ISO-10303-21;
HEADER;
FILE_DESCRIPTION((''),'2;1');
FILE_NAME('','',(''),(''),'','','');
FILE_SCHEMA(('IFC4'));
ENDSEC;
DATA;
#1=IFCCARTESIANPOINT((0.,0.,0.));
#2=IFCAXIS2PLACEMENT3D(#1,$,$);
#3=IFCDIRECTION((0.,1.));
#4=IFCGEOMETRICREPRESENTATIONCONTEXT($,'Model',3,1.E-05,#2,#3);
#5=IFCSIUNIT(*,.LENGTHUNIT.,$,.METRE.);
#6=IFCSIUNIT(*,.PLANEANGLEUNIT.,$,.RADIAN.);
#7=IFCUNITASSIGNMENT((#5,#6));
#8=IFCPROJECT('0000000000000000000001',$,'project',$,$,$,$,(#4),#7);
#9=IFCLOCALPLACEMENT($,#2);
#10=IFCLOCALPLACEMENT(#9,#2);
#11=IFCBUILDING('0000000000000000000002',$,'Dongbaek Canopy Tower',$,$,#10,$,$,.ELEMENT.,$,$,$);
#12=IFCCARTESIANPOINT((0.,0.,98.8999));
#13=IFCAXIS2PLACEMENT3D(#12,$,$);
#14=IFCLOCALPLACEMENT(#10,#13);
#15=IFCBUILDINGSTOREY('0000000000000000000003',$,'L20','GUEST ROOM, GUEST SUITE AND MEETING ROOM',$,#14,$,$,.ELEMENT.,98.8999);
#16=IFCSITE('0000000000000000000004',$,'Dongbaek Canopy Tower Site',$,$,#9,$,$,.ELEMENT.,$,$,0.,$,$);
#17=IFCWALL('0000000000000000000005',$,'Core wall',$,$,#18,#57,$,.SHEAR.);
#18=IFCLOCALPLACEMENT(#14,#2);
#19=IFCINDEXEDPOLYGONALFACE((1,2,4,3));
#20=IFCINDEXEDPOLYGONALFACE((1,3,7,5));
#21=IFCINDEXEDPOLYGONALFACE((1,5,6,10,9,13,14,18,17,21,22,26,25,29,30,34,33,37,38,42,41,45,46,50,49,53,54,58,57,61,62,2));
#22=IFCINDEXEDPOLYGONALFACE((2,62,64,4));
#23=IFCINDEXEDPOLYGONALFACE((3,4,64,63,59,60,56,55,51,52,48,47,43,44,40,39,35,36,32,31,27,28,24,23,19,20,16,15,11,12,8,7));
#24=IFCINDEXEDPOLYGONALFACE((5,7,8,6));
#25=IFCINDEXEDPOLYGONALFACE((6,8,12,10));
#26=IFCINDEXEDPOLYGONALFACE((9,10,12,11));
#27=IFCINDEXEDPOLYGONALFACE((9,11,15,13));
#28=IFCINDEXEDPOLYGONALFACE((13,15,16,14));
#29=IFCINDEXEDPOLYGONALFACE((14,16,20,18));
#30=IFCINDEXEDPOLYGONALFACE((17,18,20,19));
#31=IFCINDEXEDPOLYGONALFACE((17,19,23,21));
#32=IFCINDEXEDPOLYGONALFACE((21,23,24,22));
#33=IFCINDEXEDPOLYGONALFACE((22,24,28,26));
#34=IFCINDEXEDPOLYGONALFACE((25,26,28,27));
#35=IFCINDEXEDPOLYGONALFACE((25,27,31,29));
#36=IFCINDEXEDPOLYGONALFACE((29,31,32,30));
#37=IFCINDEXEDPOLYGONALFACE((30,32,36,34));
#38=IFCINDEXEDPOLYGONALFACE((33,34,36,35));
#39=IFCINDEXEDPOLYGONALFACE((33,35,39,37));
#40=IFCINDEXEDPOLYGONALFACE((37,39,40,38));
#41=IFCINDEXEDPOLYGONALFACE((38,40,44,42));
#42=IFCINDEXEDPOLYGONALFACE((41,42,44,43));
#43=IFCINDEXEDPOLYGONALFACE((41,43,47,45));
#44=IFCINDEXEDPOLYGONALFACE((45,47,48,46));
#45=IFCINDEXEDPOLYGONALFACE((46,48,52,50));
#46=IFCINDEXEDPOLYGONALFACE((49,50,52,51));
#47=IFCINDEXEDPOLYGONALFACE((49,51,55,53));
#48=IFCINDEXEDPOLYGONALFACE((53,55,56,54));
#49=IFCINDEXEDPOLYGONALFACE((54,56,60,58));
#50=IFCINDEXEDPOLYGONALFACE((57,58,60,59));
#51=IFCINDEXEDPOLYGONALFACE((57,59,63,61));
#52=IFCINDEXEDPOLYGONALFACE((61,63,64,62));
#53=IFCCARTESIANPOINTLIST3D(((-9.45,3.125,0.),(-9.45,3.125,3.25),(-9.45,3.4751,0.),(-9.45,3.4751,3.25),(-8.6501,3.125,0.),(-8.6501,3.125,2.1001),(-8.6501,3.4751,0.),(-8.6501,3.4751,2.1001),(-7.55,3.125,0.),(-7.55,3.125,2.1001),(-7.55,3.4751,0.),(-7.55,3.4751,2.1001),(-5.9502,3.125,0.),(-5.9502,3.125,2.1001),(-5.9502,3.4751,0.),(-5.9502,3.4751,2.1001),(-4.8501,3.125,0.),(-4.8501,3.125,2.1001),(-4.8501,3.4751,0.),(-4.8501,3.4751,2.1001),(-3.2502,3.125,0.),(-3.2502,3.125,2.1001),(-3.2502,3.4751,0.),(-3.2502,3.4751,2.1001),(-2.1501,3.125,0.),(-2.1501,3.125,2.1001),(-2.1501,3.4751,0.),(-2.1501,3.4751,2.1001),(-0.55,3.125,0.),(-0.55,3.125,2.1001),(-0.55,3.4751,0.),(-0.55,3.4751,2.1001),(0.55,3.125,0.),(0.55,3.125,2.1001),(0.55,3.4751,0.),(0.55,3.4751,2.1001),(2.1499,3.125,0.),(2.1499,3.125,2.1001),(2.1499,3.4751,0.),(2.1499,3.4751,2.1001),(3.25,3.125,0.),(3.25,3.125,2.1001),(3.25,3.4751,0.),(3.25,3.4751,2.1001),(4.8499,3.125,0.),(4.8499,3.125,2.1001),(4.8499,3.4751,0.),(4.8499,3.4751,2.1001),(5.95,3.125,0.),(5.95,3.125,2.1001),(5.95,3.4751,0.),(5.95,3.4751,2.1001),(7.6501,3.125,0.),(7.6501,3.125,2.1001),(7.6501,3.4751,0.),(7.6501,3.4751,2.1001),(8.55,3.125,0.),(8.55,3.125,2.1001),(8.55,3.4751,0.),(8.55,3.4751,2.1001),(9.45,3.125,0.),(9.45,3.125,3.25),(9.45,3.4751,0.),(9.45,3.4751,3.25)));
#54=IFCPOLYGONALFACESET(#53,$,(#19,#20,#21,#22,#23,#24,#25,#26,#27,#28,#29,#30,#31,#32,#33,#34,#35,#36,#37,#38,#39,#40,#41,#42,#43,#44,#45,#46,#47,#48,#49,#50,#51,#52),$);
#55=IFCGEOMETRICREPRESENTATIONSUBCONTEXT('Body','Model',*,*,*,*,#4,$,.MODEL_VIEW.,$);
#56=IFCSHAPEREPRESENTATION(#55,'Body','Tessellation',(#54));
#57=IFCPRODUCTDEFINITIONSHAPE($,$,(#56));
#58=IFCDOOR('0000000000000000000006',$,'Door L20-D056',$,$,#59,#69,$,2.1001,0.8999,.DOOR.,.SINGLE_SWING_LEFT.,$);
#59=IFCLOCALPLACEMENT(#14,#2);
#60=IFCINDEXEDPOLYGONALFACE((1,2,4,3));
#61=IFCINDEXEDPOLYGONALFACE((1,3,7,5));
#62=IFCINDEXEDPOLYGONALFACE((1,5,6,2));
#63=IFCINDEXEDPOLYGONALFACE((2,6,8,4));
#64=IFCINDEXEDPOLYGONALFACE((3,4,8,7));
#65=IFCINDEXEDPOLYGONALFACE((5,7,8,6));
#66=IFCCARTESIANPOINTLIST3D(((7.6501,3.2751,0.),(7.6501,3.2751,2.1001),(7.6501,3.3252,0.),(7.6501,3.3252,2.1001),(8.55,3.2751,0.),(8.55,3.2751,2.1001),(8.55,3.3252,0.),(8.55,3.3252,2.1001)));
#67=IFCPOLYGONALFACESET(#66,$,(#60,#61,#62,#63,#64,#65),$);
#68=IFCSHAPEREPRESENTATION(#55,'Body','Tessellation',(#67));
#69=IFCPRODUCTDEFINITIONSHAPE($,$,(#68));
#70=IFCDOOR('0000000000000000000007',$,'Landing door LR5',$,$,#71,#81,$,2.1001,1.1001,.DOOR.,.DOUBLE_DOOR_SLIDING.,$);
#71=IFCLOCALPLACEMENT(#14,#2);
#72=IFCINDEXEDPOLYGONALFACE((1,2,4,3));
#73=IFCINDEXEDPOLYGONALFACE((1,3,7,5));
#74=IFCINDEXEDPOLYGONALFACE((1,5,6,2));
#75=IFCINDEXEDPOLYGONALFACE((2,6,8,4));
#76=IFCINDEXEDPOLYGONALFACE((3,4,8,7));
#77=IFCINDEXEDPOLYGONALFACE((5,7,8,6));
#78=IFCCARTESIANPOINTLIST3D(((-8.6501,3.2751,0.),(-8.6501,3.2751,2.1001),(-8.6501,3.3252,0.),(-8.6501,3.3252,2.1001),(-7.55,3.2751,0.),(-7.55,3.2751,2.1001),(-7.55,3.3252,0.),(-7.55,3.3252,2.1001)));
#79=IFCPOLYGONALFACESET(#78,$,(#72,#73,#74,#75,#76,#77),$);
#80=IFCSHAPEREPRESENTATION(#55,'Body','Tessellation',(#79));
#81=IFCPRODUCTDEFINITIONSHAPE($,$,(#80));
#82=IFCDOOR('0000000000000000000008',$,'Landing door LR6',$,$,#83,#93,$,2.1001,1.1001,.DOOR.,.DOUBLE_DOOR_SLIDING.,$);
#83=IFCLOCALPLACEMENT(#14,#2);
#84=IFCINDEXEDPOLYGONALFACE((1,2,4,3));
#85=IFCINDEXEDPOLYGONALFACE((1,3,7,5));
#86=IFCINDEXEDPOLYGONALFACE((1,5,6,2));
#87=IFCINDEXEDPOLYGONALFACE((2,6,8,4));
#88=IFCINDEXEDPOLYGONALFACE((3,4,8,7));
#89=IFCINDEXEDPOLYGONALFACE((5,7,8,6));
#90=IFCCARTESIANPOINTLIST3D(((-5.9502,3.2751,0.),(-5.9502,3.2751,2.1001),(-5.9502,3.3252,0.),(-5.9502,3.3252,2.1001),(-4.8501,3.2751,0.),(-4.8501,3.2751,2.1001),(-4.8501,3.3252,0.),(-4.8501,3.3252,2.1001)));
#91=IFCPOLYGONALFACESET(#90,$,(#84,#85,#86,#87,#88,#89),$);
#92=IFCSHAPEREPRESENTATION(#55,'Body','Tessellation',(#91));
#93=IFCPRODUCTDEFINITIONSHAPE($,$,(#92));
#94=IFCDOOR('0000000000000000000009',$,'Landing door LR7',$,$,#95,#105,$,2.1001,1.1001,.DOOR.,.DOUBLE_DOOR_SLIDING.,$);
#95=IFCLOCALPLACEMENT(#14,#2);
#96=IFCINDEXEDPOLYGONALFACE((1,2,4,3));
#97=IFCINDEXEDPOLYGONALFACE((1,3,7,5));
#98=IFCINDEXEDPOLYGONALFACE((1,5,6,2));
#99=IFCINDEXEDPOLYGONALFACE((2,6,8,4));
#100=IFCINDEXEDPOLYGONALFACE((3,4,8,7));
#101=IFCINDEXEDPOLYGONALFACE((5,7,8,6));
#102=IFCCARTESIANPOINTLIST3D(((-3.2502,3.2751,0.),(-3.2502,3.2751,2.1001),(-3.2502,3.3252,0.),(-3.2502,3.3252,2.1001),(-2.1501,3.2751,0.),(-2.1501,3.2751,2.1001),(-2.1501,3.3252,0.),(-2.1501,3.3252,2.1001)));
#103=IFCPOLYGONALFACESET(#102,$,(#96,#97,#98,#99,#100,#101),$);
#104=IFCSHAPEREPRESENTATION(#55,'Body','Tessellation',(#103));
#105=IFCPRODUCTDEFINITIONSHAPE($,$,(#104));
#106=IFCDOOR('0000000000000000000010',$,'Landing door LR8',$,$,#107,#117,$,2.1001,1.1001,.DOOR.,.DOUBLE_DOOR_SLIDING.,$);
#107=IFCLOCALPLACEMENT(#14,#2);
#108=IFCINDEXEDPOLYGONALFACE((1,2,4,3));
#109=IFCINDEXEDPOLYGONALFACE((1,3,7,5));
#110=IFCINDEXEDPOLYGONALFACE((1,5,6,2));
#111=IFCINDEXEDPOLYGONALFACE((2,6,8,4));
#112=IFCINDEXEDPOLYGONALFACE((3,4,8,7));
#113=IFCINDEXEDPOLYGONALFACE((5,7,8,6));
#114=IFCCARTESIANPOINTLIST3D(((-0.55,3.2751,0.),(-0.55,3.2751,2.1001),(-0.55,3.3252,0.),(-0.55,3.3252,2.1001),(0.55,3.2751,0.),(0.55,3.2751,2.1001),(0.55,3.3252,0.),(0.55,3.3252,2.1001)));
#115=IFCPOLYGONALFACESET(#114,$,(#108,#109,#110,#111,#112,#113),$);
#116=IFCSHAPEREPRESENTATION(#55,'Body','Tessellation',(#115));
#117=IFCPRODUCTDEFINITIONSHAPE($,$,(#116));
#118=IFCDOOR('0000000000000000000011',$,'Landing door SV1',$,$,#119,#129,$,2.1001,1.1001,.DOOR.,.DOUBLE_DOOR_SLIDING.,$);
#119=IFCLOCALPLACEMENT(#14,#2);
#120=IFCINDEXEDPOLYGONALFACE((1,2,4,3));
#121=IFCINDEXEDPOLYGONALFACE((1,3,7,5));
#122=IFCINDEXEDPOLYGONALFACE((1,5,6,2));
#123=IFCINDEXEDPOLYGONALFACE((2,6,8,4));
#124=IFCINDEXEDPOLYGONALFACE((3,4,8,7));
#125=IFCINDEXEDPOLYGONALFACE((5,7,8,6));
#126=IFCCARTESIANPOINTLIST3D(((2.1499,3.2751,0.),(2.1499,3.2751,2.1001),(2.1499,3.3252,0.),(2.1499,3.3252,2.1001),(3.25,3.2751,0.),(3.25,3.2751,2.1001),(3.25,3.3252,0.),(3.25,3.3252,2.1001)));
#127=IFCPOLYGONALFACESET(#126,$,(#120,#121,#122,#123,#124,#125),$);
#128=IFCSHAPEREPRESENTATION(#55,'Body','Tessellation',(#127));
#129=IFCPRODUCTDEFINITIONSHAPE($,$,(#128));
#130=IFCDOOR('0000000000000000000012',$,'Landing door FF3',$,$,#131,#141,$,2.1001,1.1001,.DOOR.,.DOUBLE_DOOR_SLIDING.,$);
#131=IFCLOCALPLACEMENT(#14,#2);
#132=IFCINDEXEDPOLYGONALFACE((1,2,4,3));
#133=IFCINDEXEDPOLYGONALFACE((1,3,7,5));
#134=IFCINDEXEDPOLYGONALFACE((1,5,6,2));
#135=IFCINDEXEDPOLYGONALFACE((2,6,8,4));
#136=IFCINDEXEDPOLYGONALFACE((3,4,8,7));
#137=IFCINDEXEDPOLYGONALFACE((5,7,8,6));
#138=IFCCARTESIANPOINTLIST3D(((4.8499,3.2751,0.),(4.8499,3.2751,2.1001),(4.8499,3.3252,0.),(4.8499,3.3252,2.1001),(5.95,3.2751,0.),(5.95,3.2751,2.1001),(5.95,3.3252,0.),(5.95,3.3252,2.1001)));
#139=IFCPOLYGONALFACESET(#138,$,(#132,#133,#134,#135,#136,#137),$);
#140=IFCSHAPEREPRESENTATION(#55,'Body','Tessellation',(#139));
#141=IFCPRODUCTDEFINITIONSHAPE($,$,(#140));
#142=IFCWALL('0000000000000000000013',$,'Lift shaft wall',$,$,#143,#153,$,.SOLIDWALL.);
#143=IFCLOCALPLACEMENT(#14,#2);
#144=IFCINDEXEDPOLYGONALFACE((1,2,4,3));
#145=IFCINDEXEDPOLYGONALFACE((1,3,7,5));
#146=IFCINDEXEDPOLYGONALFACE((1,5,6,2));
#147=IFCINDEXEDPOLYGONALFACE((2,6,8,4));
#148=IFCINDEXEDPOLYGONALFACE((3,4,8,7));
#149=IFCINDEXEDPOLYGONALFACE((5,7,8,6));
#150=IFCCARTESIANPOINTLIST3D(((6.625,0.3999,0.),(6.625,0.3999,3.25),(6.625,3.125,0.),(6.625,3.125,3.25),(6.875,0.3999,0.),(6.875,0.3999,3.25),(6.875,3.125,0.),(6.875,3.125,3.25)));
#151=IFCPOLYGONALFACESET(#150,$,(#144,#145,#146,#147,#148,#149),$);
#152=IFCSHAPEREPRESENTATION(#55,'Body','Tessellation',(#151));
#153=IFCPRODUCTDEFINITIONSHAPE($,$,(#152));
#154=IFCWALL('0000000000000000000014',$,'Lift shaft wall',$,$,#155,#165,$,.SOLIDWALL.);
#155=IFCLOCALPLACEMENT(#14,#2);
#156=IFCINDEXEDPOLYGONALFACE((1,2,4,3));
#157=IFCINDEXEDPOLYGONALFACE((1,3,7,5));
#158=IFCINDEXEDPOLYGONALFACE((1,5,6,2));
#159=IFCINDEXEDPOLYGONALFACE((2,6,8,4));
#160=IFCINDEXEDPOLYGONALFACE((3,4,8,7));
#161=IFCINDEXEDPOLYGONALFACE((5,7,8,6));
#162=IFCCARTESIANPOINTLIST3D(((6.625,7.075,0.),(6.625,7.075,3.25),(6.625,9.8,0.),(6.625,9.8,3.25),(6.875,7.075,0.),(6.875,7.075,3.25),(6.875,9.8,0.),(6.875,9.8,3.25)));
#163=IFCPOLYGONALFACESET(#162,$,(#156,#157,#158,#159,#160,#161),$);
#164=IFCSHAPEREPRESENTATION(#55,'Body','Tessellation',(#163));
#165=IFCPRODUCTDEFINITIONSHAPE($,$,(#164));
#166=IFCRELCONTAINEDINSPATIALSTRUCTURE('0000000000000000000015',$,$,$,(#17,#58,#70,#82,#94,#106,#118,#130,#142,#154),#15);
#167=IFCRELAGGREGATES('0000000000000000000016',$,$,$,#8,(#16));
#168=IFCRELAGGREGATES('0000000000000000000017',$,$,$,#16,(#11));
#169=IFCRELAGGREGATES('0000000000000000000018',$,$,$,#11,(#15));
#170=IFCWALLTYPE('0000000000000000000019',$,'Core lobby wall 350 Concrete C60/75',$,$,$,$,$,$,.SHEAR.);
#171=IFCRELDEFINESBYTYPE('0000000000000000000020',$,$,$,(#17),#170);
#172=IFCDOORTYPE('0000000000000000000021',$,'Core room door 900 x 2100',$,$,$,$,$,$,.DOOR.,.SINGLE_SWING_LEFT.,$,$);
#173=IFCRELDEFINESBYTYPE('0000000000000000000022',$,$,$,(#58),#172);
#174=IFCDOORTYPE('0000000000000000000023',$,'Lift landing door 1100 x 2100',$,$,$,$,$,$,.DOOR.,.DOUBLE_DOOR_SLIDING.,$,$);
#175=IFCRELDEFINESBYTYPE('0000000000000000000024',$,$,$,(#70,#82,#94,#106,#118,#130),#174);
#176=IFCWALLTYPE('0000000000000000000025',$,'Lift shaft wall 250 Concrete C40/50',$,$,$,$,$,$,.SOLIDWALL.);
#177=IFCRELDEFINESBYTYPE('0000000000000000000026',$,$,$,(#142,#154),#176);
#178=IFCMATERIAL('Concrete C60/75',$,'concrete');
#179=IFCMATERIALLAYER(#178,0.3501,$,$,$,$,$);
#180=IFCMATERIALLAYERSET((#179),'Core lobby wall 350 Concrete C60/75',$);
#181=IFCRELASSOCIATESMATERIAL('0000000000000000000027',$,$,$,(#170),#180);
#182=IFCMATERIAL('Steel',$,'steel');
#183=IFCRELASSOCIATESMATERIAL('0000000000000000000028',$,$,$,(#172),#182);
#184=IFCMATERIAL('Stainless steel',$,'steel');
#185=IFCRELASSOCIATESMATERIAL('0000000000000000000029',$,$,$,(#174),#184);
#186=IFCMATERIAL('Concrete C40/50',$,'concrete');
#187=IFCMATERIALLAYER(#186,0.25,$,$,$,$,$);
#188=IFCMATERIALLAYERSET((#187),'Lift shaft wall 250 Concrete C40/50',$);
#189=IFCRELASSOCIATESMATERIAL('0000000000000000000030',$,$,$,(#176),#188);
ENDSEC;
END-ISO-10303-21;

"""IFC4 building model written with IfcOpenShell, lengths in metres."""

from ifc_helpers import new_model, si_unit, direction, frame, frame_2d, origin, place, context, subcontext, project, spatial, rectangle, extrude, material, layer, layer_set, type_object, element, fill, save


model = new_model("IFC4")

# Units and contexts
model_context = context("Model", 3, precision=1e-05, world=origin(), true_north=direction((0.0, 1.0)))
body_context = subcontext(model_context, "Body", "Model", "MODEL_VIEW")
ifc_project = project(units=[si_unit("LENGTHUNIT", "METRE"), si_unit("PLANEANGLEUNIT", "RADIAN")], contexts=[model_context])

# Site, building, storey
site_placement = place(None, origin())
site = spatial("IfcSite", under=ifc_project, at=site_placement, Name="Dongbaek Canopy Tower Site", CompositionType="ELEMENT", RefElevation=0.0)
building_placement = place(site_placement, origin())
building = spatial("IfcBuilding", under=site, at=building_placement, Name="Dongbaek Canopy Tower", CompositionType="ELEMENT")
storey_placement = place(building_placement, frame((0.0, 0.0, 98.8999)))
storey = spatial("IfcBuildingStorey", under=building, at=storey_placement, Name="L20", Description="GUEST ROOM, GUEST SUITE AND MEETING ROOM", CompositionType="ELEMENT", Elevation=98.8999)

# Wall, openings, doors
ifc_material_1 = material(Name="Concrete C60/75", Category="concrete")
ifc_layer_1 = layer(ifc_material_1, 0.3501)
ifc_layer_set_1 = layer_set([ifc_layer_1], Name="Core lobby wall 350 Concrete C60/75")
wall_type_1 = type_object("IfcWallType", Name="Core lobby wall 350 Concrete C60/75", PredefinedType="SHEAR", material=ifc_layer_set_1)
wall_1_placement = place(storey_placement, frame((9.45, 3.3, 0.0), z_axis=(0.0, 0.0, 1.0), x_axis=(-1.0, 0.0, 0.0)))
wall_1 = element("IfcWall", 1, at=wall_1_placement, inside=storey, type_object=wall_type_1, Name="Core wall", PredefinedType="SHEAR", context=body_context, shape_type="SweptSolid", body=[
    extrude(rectangle(XDim=18.8999, YDim=0.3501, at=frame_2d((9.45, 0.0))), origin(), (0.0, 0.0, 1.0), 3.25),
])
opening_1_placement = place(wall_1_placement, frame((17.0, 0.0, 0.0)))
opening_1 = element("IfcOpeningElement", 2, at=opening_1_placement, cuts=wall_1, PredefinedType="OPENING", context=body_context, shape_type="SweptSolid", body=[
    extrude(rectangle(XDim=1.1001, YDim=2.1001, at=frame_2d((0.55, 1.05))), frame((0.0, 0.1851, 0.0), z_axis=(0.0, -1.0, 0.0), x_axis=(1.0, 0.0, 0.0)), (0.0, 0.0, 1.0), 0.3701),
])
opening_2_placement = place(wall_1_placement, frame((14.3, 0.0, 0.0)))
opening_2 = element("IfcOpeningElement", 3, at=opening_2_placement, cuts=wall_1, PredefinedType="OPENING", context=body_context, shape_type="SweptSolid", body=[
    extrude(rectangle(XDim=1.1001, YDim=2.1001, at=frame_2d((0.55, 1.05))), frame((0.0, 0.1851, 0.0), z_axis=(0.0, -1.0, 0.0), x_axis=(1.0, 0.0, 0.0)), (0.0, 0.0, 1.0), 0.3701),
])
opening_3_placement = place(wall_1_placement, frame((11.6001, 0.0, 0.0)))
opening_3 = element("IfcOpeningElement", 4, at=opening_3_placement, cuts=wall_1, PredefinedType="OPENING", context=body_context, shape_type="SweptSolid", body=[
    extrude(rectangle(XDim=1.1001, YDim=2.1001, at=frame_2d((0.55, 1.05))), frame((0.0, 0.1851, 0.0), z_axis=(0.0, -1.0, 0.0), x_axis=(1.0, 0.0, 0.0)), (0.0, 0.0, 1.0), 0.3701),
])
opening_4_placement = place(wall_1_placement, frame((8.8999, 0.0, 0.0)))
opening_4 = element("IfcOpeningElement", 5, at=opening_4_placement, cuts=wall_1, PredefinedType="OPENING", context=body_context, shape_type="SweptSolid", body=[
    extrude(rectangle(XDim=1.1001, YDim=2.1001, at=frame_2d((0.55, 1.05))), frame((0.0, 0.1851, 0.0), z_axis=(0.0, -1.0, 0.0), x_axis=(1.0, 0.0, 0.0)), (0.0, 0.0, 1.0), 0.3701),
])
opening_5_placement = place(wall_1_placement, frame((6.2, 0.0, 0.0)))
opening_5 = element("IfcOpeningElement", 6, at=opening_5_placement, cuts=wall_1, PredefinedType="OPENING", context=body_context, shape_type="SweptSolid", body=[
    extrude(rectangle(XDim=1.1001, YDim=2.1001, at=frame_2d((0.55, 1.05))), frame((0.0, 0.1851, 0.0), z_axis=(0.0, -1.0, 0.0), x_axis=(1.0, 0.0, 0.0)), (0.0, 0.0, 1.0), 0.3701),
])
opening_6_placement = place(wall_1_placement, frame((3.5, 0.0, 0.0)))
opening_6 = element("IfcOpeningElement", 7, at=opening_6_placement, cuts=wall_1, PredefinedType="OPENING", context=body_context, shape_type="SweptSolid", body=[
    extrude(rectangle(XDim=1.1001, YDim=2.1001, at=frame_2d((0.55, 1.05))), frame((0.0, 0.1851, 0.0), z_axis=(0.0, -1.0, 0.0), x_axis=(1.0, 0.0, 0.0)), (0.0, 0.0, 1.0), 0.3701),
])
opening_7_placement = place(wall_1_placement, frame((0.8999, 0.0, 0.0)))
opening_7 = element("IfcOpeningElement", 8, at=opening_7_placement, cuts=wall_1, PredefinedType="OPENING", context=body_context, shape_type="SweptSolid", body=[
    extrude(rectangle(XDim=0.8999, YDim=2.1001, at=frame_2d((0.45, 1.05))), frame((0.0, 0.1851, 0.0), z_axis=(0.0, -1.0, 0.0), x_axis=(1.0, 0.0, 0.0)), (0.0, 0.0, 1.0), 0.3701),
])
ifc_material_2 = material(Name="Steel", Category="steel")
door_type_1 = type_object("IfcDoorType", Name="Core room door 900 x 2100", OperationType="SINGLE_SWING_LEFT", PredefinedType="DOOR", material=ifc_material_2)
door_1_placement = place(opening_7_placement, origin())
door_1 = element("IfcDoor", 9, at=door_1_placement, inside=storey, type_object=door_type_1, Name="Door L20-D056", OperationType="SINGLE_SWING_LEFT", OverallHeight=2.1001, OverallWidth=0.8999, PredefinedType="DOOR", context=body_context, shape_type="SweptSolid", body=[
    extrude(rectangle(XDim=0.8999, YDim=2.1001, at=frame_2d((0.45, 1.05))), frame((0.0, 0.0249, 0.0), z_axis=(0.0, -1.0, 0.0), x_axis=(1.0, 0.0, 0.0)), (0.0, 0.0, 1.0), 0.05),
])
fill(opening_7, door_1)
ifc_material_3 = material(Name="Stainless steel", Category="steel")
door_type_2 = type_object("IfcDoorType", Name="Lift landing door 1100 x 2100", OperationType="DOUBLE_DOOR_SLIDING", PredefinedType="DOOR", material=ifc_material_3)
door_2_placement = place(opening_1_placement, origin())
door_2 = element("IfcDoor", 10, at=door_2_placement, inside=storey, type_object=door_type_2, Name="Landing door LR5", OperationType="DOUBLE_DOOR_SLIDING", OverallHeight=2.1001, OverallWidth=1.1001, PredefinedType="DOOR", context=body_context, shape_type="SweptSolid", body=[
    extrude(rectangle(XDim=1.1001, YDim=2.1001, at=frame_2d((0.55, 1.05))), frame((0.0, 0.0249, 0.0), z_axis=(0.0, -1.0, 0.0), x_axis=(1.0, 0.0, 0.0)), (0.0, 0.0, 1.0), 0.05),
])
fill(opening_1, door_2)
door_3_placement = place(opening_2_placement, origin())
door_3 = element("IfcDoor", 11, at=door_3_placement, inside=storey, type_object=door_type_2, Name="Landing door LR6", OperationType="DOUBLE_DOOR_SLIDING", OverallHeight=2.1001, OverallWidth=1.1001, PredefinedType="DOOR", context=body_context, shape_type="SweptSolid", body=[
    extrude(rectangle(XDim=1.1001, YDim=2.1001, at=frame_2d((0.55, 1.05))), frame((0.0, 0.0249, 0.0), z_axis=(0.0, -1.0, 0.0), x_axis=(1.0, 0.0, 0.0)), (0.0, 0.0, 1.0), 0.05),
])
fill(opening_2, door_3)
door_4_placement = place(opening_3_placement, origin())
door_4 = element("IfcDoor", 12, at=door_4_placement, inside=storey, type_object=door_type_2, Name="Landing door LR7", OperationType="DOUBLE_DOOR_SLIDING", OverallHeight=2.1001, OverallWidth=1.1001, PredefinedType="DOOR", context=body_context, shape_type="SweptSolid", body=[
    extrude(rectangle(XDim=1.1001, YDim=2.1001, at=frame_2d((0.55, 1.05))), frame((0.0, 0.0249, 0.0), z_axis=(0.0, -1.0, 0.0), x_axis=(1.0, 0.0, 0.0)), (0.0, 0.0, 1.0), 0.05),
])
fill(opening_3, door_4)
door_5_placement = place(opening_4_placement, origin())
door_5 = element("IfcDoor", 13, at=door_5_placement, inside=storey, type_object=door_type_2, Name="Landing door LR8", OperationType="DOUBLE_DOOR_SLIDING", OverallHeight=2.1001, OverallWidth=1.1001, PredefinedType="DOOR", context=body_context, shape_type="SweptSolid", body=[
    extrude(rectangle(XDim=1.1001, YDim=2.1001, at=frame_2d((0.55, 1.05))), frame((0.0, 0.0249, 0.0), z_axis=(0.0, -1.0, 0.0), x_axis=(1.0, 0.0, 0.0)), (0.0, 0.0, 1.0), 0.05),
])
fill(opening_4, door_5)
door_6_placement = place(opening_5_placement, origin())
door_6 = element("IfcDoor", 14, at=door_6_placement, inside=storey, type_object=door_type_2, Name="Landing door SV1", OperationType="DOUBLE_DOOR_SLIDING", OverallHeight=2.1001, OverallWidth=1.1001, PredefinedType="DOOR", context=body_context, shape_type="SweptSolid", body=[
    extrude(rectangle(XDim=1.1001, YDim=2.1001, at=frame_2d((0.55, 1.05))), frame((0.0, 0.0249, 0.0), z_axis=(0.0, -1.0, 0.0), x_axis=(1.0, 0.0, 0.0)), (0.0, 0.0, 1.0), 0.05),
])
fill(opening_5, door_6)
door_7_placement = place(opening_6_placement, origin())
door_7 = element("IfcDoor", 15, at=door_7_placement, inside=storey, type_object=door_type_2, Name="Landing door FF3", OperationType="DOUBLE_DOOR_SLIDING", OverallHeight=2.1001, OverallWidth=1.1001, PredefinedType="DOOR", context=body_context, shape_type="SweptSolid", body=[
    extrude(rectangle(XDim=1.1001, YDim=2.1001, at=frame_2d((0.55, 1.05))), frame((0.0, 0.0249, 0.0), z_axis=(0.0, -1.0, 0.0), x_axis=(1.0, 0.0, 0.0)), (0.0, 0.0, 1.0), 0.05),
])
fill(opening_6, door_7)

# Walls
ifc_material_4 = material(Name="Concrete C40/50", Category="concrete")
ifc_layer_2 = layer(ifc_material_4, 0.25)
ifc_layer_set_2 = layer_set([ifc_layer_2], Name="Lift shaft wall 250 Concrete C40/50")
wall_type_2 = type_object("IfcWallType", Name="Lift shaft wall 250 Concrete C40/50", PredefinedType="SOLIDWALL", material=ifc_layer_set_2)
for number, where, z_axis, x_axis, name in (
    (16, (6.75, 0.3999, 0.0), (0.0, 0.0, 1.0), (0.0, 1.0, 0.0), "Lift shaft wall"),
    (17, (6.75, 7.075, 0.0), (0.0, 0.0, 1.0), (0.0, 1.0, 0.0), "Lift shaft wall"),
):
    element("IfcWall", number, at=place(storey_placement, frame(where, z_axis=z_axis, x_axis=x_axis)), inside=storey, type_object=wall_type_2, Name=name, PredefinedType="SOLIDWALL", context=body_context, shape_type="SweptSolid", body=[
        extrude(rectangle(XDim=2.7251, YDim=0.25, at=frame_2d((1.3625, 0.0))), origin(), (0.0, 0.0, 1.0), 3.25),
    ])

save(model, "model.ifc")
